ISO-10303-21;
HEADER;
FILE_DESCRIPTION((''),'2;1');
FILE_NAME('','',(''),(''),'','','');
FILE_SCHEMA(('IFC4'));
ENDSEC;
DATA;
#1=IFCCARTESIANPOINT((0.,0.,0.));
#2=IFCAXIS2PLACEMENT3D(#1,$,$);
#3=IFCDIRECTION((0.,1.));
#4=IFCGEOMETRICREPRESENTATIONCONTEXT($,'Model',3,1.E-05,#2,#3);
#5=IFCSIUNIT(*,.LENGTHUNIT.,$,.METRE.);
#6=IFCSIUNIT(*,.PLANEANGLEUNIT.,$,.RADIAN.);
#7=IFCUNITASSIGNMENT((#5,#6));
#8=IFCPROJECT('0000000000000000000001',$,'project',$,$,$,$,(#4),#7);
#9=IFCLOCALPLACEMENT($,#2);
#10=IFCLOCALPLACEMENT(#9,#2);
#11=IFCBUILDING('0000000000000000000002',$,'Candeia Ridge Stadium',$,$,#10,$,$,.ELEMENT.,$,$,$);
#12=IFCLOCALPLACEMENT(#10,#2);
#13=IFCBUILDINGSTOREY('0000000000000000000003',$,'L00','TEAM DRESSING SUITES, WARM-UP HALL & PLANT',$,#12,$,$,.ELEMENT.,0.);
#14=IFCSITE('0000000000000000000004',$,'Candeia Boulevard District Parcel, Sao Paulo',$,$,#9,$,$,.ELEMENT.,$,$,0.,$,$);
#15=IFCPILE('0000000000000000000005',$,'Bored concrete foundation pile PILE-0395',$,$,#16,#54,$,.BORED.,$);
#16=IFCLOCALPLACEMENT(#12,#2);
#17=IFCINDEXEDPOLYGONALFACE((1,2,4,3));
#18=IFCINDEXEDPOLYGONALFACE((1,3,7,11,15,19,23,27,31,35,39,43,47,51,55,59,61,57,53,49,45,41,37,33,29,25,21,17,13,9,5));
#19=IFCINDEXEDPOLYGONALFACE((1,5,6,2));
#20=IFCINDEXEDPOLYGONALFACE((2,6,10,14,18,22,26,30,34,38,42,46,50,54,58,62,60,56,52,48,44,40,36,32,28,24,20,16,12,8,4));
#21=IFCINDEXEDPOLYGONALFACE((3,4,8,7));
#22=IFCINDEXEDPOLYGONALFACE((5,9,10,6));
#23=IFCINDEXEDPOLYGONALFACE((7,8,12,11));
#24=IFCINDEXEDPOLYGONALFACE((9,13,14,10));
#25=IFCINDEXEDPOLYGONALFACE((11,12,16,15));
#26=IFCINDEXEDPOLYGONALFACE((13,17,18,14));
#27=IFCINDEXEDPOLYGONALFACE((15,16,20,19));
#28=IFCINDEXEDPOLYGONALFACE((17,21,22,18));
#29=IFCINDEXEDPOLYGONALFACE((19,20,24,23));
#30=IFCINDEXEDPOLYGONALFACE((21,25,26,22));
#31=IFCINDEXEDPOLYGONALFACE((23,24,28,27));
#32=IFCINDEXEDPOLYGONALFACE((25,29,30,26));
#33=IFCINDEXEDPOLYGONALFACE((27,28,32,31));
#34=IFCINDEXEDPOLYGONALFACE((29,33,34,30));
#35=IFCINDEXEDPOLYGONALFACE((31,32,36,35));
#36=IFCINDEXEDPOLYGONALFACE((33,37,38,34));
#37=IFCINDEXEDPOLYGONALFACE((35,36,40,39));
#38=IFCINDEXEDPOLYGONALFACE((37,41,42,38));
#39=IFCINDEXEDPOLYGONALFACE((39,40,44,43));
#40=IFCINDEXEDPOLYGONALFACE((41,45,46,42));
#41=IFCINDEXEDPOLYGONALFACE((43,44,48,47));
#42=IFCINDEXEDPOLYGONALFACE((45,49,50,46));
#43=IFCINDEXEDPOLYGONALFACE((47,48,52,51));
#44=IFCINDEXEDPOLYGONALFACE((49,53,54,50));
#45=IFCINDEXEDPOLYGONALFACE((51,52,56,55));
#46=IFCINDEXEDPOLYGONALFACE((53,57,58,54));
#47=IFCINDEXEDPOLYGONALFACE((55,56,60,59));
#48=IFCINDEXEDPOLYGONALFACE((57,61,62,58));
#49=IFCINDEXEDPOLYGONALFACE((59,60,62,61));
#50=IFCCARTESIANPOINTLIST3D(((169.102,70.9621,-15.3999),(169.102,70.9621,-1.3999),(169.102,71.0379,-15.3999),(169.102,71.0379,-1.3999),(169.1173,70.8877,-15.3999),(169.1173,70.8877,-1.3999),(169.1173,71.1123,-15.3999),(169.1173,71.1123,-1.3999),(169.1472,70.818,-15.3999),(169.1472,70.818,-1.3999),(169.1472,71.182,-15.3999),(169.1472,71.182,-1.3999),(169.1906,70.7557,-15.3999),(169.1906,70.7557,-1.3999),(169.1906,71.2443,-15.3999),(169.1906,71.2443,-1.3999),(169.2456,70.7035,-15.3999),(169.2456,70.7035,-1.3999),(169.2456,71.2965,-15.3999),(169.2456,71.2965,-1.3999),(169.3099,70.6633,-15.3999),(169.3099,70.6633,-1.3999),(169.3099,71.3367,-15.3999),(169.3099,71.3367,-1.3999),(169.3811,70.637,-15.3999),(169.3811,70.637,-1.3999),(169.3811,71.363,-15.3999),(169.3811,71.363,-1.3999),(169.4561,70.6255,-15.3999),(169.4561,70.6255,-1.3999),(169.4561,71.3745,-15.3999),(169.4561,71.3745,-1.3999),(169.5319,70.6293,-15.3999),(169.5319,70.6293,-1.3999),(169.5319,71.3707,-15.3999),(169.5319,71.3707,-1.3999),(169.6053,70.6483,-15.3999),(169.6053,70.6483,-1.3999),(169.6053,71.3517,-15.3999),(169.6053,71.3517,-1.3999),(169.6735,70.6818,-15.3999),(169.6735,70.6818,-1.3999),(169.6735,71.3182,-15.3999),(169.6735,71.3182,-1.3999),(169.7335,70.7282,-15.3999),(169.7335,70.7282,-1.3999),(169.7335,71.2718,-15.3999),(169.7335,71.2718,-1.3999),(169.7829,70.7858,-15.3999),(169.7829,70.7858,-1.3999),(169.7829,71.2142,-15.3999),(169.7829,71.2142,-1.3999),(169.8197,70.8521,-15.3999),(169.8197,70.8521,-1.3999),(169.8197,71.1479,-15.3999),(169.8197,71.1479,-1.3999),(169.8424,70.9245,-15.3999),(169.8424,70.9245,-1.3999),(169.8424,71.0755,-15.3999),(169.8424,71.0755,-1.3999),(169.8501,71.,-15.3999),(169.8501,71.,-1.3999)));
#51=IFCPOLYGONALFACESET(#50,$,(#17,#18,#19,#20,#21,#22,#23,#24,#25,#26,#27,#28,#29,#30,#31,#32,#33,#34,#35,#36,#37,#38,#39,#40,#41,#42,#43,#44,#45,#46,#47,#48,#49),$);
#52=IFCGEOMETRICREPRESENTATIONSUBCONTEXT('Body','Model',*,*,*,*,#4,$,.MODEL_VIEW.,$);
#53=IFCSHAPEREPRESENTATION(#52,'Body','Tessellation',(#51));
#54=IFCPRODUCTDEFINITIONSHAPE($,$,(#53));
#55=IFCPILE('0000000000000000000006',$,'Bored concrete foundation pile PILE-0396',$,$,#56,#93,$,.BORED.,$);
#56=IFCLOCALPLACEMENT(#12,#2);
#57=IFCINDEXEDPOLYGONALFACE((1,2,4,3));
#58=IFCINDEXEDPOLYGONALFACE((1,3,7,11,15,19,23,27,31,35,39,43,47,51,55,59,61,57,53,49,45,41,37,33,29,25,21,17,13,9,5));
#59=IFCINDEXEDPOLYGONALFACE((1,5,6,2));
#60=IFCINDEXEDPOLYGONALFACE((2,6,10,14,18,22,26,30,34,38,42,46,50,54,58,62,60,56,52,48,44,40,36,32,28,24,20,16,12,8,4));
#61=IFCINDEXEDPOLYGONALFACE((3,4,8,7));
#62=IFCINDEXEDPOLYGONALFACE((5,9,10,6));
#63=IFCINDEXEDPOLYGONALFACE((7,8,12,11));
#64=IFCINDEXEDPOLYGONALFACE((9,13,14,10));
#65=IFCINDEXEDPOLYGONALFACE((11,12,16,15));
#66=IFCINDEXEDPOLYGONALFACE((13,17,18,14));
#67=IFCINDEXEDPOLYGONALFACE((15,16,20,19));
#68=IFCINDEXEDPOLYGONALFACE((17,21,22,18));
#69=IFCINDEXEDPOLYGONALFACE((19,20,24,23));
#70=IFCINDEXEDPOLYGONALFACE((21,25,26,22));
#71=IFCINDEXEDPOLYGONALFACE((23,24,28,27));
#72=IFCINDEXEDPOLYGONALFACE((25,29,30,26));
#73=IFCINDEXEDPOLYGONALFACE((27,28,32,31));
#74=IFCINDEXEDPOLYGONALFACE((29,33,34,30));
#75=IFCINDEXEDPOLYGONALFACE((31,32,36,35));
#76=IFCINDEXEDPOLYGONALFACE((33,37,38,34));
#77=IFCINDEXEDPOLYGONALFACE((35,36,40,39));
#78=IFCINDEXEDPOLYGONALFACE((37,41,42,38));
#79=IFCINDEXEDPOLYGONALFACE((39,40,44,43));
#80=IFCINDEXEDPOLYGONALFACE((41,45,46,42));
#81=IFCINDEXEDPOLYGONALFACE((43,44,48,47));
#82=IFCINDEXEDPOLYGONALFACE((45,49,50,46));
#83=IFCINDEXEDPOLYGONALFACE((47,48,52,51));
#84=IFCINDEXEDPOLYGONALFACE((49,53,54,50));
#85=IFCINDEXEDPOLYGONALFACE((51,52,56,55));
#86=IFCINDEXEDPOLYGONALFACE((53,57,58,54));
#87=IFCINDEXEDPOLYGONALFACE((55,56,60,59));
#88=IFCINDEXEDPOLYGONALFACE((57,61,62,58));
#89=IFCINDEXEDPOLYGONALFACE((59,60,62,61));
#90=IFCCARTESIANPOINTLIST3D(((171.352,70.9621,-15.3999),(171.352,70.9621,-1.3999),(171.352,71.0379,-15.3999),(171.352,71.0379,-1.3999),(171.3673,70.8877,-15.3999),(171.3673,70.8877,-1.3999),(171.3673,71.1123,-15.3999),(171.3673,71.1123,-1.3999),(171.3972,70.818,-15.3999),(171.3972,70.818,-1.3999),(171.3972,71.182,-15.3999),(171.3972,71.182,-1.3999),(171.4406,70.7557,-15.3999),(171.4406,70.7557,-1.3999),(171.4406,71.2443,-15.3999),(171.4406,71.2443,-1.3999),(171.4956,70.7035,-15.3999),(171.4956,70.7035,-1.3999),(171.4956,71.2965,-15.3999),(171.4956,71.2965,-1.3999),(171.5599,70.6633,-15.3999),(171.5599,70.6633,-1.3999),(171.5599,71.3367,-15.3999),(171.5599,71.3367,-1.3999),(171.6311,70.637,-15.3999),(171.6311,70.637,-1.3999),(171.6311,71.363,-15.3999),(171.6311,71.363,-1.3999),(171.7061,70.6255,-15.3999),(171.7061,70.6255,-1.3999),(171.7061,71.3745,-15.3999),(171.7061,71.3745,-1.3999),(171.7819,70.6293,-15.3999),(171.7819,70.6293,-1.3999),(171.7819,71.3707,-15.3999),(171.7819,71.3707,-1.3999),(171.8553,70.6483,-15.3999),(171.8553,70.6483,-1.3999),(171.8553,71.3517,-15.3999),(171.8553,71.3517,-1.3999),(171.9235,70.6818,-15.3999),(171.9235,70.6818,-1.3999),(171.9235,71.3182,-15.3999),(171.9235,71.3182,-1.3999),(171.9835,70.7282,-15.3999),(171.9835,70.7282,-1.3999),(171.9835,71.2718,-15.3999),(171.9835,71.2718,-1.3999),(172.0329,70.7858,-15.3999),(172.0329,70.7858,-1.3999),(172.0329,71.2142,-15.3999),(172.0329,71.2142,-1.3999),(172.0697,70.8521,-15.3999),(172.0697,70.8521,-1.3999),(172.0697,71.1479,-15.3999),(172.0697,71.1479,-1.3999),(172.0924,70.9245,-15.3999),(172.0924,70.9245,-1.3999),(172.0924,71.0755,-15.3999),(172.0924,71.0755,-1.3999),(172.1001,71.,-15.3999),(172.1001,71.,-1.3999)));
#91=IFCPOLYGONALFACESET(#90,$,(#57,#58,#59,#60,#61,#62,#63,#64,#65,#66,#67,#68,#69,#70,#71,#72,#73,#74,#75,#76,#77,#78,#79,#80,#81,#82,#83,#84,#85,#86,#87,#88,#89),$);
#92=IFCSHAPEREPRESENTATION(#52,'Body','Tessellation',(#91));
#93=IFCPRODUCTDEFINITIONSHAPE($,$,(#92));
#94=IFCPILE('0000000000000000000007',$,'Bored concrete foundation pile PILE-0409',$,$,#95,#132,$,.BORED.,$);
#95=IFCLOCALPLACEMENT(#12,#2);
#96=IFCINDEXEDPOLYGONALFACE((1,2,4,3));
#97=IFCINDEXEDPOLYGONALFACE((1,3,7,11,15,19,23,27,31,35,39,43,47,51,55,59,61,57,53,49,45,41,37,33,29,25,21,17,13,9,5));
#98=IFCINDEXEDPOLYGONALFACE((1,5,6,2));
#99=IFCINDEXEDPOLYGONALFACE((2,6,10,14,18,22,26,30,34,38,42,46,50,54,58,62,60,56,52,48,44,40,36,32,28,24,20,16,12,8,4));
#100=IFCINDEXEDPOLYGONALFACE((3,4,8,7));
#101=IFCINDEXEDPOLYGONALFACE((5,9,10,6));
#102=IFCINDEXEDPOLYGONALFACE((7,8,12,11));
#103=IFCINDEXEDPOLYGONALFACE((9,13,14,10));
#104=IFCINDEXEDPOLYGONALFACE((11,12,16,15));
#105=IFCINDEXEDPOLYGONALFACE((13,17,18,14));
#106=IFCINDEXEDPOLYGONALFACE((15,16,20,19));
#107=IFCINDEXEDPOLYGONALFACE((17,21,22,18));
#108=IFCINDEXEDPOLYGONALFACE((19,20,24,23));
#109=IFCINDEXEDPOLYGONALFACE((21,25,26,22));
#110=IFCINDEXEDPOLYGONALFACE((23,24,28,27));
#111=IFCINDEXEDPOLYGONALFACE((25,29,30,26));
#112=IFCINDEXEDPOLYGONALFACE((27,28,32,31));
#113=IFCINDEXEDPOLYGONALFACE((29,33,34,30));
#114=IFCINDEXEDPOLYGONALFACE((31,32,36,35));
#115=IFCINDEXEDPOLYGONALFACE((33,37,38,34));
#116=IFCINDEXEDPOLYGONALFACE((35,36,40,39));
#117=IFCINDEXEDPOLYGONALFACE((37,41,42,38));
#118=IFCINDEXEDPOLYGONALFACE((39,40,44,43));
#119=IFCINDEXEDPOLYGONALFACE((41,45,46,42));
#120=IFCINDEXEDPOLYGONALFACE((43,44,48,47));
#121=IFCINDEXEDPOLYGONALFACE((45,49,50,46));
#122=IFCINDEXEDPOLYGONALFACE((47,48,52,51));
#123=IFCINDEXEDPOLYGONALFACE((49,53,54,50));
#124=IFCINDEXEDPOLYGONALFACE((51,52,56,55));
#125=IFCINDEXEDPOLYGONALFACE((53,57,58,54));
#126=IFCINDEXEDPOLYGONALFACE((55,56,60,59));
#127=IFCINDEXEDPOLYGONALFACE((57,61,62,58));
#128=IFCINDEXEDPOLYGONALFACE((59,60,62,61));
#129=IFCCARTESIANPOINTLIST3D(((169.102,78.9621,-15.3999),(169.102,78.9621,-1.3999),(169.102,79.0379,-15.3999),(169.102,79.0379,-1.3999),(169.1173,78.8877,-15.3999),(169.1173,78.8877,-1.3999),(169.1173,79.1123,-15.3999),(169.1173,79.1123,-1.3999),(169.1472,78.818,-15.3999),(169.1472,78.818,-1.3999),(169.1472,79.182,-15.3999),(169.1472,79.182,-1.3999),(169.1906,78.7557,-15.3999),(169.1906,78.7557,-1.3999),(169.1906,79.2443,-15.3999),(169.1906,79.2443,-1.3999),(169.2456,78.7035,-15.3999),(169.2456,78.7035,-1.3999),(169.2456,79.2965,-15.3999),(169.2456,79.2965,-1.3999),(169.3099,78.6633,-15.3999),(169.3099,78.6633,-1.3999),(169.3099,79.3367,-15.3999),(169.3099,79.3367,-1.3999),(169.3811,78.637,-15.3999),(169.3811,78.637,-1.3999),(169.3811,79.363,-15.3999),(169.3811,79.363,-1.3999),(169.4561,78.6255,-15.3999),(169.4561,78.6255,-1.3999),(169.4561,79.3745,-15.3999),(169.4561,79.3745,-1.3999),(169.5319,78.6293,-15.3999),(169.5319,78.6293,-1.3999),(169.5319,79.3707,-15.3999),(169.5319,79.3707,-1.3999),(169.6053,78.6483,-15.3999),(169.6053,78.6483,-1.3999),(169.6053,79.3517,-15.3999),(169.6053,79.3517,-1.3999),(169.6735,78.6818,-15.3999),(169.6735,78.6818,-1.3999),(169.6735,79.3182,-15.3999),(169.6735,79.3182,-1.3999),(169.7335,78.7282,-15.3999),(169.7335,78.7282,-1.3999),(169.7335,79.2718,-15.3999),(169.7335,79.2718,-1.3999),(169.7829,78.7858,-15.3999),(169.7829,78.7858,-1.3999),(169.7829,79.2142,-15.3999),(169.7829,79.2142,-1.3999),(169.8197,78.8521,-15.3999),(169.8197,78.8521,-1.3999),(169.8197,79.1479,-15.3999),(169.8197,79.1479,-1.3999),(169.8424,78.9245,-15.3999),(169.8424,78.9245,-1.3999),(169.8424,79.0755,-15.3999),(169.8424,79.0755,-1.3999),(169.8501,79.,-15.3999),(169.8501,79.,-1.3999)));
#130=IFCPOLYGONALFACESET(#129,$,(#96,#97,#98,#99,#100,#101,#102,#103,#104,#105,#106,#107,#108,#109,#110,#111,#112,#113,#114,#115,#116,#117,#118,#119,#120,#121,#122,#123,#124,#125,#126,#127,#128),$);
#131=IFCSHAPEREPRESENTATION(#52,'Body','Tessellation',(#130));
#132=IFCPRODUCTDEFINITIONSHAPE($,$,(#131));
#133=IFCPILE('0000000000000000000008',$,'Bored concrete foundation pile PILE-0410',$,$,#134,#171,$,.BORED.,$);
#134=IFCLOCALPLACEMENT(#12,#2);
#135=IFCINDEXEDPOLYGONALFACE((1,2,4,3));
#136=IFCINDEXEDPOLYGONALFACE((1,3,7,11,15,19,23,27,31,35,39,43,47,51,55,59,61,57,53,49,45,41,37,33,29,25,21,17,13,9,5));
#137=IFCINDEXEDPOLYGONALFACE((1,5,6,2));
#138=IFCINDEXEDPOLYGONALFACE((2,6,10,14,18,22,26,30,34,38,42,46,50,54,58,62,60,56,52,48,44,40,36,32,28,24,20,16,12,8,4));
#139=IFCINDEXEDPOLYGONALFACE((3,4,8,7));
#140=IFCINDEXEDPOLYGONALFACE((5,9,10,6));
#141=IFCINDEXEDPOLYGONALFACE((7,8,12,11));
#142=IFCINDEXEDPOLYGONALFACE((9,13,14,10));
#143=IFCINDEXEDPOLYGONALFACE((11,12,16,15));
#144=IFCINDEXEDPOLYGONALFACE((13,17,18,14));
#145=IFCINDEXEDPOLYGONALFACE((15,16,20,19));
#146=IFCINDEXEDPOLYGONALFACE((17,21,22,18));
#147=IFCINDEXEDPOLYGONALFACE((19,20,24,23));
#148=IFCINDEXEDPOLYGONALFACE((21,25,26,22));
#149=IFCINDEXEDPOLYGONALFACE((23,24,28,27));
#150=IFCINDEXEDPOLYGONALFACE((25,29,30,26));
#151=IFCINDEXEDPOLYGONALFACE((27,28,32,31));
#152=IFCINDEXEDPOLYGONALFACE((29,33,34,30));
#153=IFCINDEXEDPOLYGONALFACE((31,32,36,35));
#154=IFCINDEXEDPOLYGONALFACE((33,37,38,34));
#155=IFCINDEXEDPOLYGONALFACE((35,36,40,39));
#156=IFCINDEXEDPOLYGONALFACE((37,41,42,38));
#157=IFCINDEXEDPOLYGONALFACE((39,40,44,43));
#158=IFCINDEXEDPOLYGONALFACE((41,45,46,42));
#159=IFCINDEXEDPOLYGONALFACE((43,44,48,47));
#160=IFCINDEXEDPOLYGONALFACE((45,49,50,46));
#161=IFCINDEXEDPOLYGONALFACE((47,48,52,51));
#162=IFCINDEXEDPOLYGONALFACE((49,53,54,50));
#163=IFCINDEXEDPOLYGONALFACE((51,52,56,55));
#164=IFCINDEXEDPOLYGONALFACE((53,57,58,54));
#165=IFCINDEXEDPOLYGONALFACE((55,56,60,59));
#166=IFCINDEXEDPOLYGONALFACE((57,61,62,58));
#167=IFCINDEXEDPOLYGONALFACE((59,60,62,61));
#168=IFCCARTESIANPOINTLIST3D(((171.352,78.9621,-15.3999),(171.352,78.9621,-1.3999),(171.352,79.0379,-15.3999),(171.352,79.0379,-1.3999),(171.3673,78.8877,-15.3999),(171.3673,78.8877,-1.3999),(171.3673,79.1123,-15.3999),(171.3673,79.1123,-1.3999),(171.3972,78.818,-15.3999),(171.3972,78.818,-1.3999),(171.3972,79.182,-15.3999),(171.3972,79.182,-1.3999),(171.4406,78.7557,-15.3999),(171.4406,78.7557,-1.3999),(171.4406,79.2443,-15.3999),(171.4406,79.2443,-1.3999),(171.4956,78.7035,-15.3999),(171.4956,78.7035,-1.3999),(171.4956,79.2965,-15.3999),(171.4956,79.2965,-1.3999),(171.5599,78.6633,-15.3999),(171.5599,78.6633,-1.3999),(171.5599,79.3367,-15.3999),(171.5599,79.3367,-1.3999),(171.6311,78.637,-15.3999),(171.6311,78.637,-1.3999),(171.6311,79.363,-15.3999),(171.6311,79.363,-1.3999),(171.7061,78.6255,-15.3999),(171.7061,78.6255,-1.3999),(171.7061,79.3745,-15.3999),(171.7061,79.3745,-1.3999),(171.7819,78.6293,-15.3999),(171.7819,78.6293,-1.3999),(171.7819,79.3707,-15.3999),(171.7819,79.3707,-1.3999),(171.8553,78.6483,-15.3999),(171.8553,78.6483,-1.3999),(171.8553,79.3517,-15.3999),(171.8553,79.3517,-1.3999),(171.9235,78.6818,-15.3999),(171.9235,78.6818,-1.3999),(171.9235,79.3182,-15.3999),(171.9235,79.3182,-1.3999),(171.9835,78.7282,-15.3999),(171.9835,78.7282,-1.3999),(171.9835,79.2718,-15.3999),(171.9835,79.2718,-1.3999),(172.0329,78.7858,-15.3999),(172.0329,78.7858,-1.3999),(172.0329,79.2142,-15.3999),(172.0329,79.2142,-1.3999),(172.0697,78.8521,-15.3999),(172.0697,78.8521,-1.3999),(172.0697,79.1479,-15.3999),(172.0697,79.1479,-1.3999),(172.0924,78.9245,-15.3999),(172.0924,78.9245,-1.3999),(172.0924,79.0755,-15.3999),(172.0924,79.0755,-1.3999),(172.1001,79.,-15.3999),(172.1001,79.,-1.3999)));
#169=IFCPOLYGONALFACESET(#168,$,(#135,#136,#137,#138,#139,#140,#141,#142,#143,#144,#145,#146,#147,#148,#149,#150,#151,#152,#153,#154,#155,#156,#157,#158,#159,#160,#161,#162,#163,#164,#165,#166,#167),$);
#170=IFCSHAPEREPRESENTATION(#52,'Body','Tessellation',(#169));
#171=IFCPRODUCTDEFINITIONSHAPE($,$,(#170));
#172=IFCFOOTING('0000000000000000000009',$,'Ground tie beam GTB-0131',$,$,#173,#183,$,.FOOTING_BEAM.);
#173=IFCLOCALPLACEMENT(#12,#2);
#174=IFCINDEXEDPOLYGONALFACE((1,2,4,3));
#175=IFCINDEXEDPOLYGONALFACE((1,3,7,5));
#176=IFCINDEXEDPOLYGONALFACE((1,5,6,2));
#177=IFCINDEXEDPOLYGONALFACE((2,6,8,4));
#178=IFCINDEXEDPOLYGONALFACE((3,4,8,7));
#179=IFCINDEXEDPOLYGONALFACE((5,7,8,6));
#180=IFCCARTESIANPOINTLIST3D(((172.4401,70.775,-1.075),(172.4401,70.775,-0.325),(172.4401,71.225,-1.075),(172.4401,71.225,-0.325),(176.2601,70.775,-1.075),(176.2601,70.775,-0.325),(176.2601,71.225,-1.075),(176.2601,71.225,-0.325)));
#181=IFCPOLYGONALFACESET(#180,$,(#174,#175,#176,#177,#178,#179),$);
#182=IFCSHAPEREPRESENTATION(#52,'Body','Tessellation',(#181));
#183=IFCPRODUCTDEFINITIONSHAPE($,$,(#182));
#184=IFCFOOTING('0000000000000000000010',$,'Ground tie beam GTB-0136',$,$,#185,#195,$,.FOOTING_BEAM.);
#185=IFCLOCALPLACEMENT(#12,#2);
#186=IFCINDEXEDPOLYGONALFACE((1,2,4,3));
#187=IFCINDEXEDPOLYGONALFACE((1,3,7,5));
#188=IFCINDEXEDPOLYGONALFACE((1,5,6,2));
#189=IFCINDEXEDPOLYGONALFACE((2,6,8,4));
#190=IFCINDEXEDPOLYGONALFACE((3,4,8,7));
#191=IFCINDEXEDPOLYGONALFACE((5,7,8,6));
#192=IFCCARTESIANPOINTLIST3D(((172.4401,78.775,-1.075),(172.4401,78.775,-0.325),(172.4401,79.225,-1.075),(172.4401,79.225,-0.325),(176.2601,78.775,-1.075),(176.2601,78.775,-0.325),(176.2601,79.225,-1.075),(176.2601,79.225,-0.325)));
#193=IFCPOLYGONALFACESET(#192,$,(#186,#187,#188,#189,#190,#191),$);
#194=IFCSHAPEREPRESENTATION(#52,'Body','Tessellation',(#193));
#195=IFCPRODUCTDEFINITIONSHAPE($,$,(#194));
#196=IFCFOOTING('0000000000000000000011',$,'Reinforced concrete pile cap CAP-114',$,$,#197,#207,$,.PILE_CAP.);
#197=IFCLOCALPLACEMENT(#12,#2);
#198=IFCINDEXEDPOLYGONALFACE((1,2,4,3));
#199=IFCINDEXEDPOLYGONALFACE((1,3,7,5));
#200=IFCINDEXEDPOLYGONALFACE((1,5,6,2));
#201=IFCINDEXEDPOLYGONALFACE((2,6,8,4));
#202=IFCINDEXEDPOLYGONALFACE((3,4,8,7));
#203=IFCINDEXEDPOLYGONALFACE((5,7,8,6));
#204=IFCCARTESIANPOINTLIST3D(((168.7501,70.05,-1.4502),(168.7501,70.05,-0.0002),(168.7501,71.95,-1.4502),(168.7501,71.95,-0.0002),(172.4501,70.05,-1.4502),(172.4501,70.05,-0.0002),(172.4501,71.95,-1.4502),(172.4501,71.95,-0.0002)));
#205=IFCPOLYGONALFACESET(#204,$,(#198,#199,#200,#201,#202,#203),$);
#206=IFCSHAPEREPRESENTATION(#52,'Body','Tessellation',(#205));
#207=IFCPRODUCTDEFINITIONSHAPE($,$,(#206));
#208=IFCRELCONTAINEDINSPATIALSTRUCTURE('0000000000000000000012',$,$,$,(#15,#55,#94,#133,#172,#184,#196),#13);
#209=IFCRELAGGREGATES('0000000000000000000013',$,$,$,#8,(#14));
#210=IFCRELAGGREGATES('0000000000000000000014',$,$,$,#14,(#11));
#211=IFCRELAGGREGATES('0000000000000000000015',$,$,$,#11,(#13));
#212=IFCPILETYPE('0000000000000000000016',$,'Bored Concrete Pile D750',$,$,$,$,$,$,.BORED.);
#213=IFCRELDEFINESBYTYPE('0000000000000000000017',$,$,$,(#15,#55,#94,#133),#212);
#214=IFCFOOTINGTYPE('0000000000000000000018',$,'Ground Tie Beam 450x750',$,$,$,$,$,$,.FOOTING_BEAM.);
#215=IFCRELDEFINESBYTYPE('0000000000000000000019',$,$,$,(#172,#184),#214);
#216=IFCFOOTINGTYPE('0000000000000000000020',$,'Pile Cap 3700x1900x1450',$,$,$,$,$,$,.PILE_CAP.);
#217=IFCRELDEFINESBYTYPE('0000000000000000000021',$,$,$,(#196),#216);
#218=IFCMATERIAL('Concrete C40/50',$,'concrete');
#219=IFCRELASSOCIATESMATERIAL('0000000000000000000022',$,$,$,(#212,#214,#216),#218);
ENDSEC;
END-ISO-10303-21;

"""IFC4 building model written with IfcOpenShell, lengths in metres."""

from ifc_helpers import new_model, si_unit, direction, frame, origin, origin_2d, place, context, subcontext, project, spatial, rectangle, circle, extrude, material, material_profile, profile_set, type_object, element, save


model = new_model("IFC4")

# Units and contexts
model_context = context("Model", 3, precision=1e-05, world=origin(), true_north=direction((0.0, 1.0)))
body_context = subcontext(model_context, "Body", "Model", "MODEL_VIEW")
ifc_project = project(units=[si_unit("LENGTHUNIT", "METRE"), si_unit("PLANEANGLEUNIT", "RADIAN")], contexts=[model_context])

# Site, building, storey
site_placement = place(None, origin())
site = spatial("IfcSite", under=ifc_project, at=site_placement, Name="Candeia Boulevard District Parcel, Sao Paulo", CompositionType="ELEMENT", RefElevation=0.0)
building_placement = place(site_placement, origin())
building = spatial("IfcBuilding", under=site, at=building_placement, Name="Candeia Ridge Stadium", CompositionType="ELEMENT")
storey_placement = place(building_placement, origin())
storey = spatial("IfcBuildingStorey", under=building, at=storey_placement, Name="L00", Description="TEAM DRESSING SUITES, WARM-UP HALL & PLANT", CompositionType="ELEMENT", Elevation=0.0)

# Piles
ifc_material_1 = material(Name="Concrete C40/50", Category="concrete")
ifc_material_profile_1 = material_profile(ifc_material_1, circle(Radius=0.375, at=origin_2d()), Name="PILE-D750", Category="concrete")
ifc_profile_set_1 = profile_set([ifc_material_profile_1], Name="Concrete C40/50")
pile_type = type_object("IfcPileType", Name="Bored Concrete Pile D750", PredefinedType="BORED", material=ifc_profile_set_1)
for number, where, z_axis, x_axis, name in (
    (1, (169.4751, 71.0, -1.3999), (0.0, 0.0, -1.0), (1.0, 0.0, 0.0), "Bored concrete foundation pile PILE-0395"),
    (2, (171.7251, 71.0, -1.3999), (0.0, 0.0, -1.0), (1.0, 0.0, 0.0), "Bored concrete foundation pile PILE-0396"),
    (3, (169.4751, 79.0, -1.3999), (0.0, 0.0, -1.0), (1.0, 0.0, 0.0), "Bored concrete foundation pile PILE-0409"),
    (4, (171.7251, 79.0, -1.3999), (0.0, 0.0, -1.0), (1.0, 0.0, 0.0), "Bored concrete foundation pile PILE-0410"),
):
    element("IfcPile", number, at=place(storey_placement, frame(where, z_axis=z_axis, x_axis=x_axis)), inside=storey, type_object=pile_type, Name=name, PredefinedType="BORED", context=body_context, shape_type="SweptSolid", body=[
        extrude(circle(Radius=0.375, at=origin_2d()), origin(), (0.0, 0.0, 1.0), 14.0),
    ])

# Footings
footing_type_1 = type_object("IfcFootingType", Name="Ground Tie Beam 450x750", PredefinedType="FOOTING_BEAM", material=ifc_material_1)
for number, where, z_axis, x_axis, name in (
    (5, (174.3501, 71.0, -1.075), (0.0, 0.0, 1.0), (1.0, 0.0, 0.0), "Ground tie beam GTB-0131"),
    (6, (174.3501, 79.0, -1.075), (0.0, 0.0, 1.0), (1.0, 0.0, 0.0), "Ground tie beam GTB-0136"),
):
    element("IfcFooting", number, at=place(storey_placement, frame(where, z_axis=z_axis, x_axis=x_axis)), inside=storey, type_object=footing_type_1, Name=name, PredefinedType="FOOTING_BEAM", context=body_context, shape_type="SweptSolid", body=[
        extrude(rectangle(XDim=3.8201, YDim=0.45, at=origin_2d()), origin(), (0.0, 0.0, 1.0), 0.75),
    ])
footing_type_2 = type_object("IfcFootingType", Name="Pile Cap 3700x1900x1450", PredefinedType="PILE_CAP", material=ifc_material_1)
for number, where, z_axis, x_axis, name in (
    (7, (170.6001, 71.0, -1.4502), (0.0, 0.0, 1.0), (1.0, 0.0, 0.0), "Reinforced concrete pile cap CAP-114"),
):
    element("IfcFooting", number, at=place(storey_placement, frame(where, z_axis=z_axis, x_axis=x_axis)), inside=storey, type_object=footing_type_2, Name=name, PredefinedType="PILE_CAP", context=body_context, shape_type="SweptSolid", body=[
        extrude(rectangle(XDim=3.7, YDim=1.8999, at=origin_2d()), origin(), (0.0, 0.0, 1.0), 1.45),
    ])

save(model, "model.ifc")
